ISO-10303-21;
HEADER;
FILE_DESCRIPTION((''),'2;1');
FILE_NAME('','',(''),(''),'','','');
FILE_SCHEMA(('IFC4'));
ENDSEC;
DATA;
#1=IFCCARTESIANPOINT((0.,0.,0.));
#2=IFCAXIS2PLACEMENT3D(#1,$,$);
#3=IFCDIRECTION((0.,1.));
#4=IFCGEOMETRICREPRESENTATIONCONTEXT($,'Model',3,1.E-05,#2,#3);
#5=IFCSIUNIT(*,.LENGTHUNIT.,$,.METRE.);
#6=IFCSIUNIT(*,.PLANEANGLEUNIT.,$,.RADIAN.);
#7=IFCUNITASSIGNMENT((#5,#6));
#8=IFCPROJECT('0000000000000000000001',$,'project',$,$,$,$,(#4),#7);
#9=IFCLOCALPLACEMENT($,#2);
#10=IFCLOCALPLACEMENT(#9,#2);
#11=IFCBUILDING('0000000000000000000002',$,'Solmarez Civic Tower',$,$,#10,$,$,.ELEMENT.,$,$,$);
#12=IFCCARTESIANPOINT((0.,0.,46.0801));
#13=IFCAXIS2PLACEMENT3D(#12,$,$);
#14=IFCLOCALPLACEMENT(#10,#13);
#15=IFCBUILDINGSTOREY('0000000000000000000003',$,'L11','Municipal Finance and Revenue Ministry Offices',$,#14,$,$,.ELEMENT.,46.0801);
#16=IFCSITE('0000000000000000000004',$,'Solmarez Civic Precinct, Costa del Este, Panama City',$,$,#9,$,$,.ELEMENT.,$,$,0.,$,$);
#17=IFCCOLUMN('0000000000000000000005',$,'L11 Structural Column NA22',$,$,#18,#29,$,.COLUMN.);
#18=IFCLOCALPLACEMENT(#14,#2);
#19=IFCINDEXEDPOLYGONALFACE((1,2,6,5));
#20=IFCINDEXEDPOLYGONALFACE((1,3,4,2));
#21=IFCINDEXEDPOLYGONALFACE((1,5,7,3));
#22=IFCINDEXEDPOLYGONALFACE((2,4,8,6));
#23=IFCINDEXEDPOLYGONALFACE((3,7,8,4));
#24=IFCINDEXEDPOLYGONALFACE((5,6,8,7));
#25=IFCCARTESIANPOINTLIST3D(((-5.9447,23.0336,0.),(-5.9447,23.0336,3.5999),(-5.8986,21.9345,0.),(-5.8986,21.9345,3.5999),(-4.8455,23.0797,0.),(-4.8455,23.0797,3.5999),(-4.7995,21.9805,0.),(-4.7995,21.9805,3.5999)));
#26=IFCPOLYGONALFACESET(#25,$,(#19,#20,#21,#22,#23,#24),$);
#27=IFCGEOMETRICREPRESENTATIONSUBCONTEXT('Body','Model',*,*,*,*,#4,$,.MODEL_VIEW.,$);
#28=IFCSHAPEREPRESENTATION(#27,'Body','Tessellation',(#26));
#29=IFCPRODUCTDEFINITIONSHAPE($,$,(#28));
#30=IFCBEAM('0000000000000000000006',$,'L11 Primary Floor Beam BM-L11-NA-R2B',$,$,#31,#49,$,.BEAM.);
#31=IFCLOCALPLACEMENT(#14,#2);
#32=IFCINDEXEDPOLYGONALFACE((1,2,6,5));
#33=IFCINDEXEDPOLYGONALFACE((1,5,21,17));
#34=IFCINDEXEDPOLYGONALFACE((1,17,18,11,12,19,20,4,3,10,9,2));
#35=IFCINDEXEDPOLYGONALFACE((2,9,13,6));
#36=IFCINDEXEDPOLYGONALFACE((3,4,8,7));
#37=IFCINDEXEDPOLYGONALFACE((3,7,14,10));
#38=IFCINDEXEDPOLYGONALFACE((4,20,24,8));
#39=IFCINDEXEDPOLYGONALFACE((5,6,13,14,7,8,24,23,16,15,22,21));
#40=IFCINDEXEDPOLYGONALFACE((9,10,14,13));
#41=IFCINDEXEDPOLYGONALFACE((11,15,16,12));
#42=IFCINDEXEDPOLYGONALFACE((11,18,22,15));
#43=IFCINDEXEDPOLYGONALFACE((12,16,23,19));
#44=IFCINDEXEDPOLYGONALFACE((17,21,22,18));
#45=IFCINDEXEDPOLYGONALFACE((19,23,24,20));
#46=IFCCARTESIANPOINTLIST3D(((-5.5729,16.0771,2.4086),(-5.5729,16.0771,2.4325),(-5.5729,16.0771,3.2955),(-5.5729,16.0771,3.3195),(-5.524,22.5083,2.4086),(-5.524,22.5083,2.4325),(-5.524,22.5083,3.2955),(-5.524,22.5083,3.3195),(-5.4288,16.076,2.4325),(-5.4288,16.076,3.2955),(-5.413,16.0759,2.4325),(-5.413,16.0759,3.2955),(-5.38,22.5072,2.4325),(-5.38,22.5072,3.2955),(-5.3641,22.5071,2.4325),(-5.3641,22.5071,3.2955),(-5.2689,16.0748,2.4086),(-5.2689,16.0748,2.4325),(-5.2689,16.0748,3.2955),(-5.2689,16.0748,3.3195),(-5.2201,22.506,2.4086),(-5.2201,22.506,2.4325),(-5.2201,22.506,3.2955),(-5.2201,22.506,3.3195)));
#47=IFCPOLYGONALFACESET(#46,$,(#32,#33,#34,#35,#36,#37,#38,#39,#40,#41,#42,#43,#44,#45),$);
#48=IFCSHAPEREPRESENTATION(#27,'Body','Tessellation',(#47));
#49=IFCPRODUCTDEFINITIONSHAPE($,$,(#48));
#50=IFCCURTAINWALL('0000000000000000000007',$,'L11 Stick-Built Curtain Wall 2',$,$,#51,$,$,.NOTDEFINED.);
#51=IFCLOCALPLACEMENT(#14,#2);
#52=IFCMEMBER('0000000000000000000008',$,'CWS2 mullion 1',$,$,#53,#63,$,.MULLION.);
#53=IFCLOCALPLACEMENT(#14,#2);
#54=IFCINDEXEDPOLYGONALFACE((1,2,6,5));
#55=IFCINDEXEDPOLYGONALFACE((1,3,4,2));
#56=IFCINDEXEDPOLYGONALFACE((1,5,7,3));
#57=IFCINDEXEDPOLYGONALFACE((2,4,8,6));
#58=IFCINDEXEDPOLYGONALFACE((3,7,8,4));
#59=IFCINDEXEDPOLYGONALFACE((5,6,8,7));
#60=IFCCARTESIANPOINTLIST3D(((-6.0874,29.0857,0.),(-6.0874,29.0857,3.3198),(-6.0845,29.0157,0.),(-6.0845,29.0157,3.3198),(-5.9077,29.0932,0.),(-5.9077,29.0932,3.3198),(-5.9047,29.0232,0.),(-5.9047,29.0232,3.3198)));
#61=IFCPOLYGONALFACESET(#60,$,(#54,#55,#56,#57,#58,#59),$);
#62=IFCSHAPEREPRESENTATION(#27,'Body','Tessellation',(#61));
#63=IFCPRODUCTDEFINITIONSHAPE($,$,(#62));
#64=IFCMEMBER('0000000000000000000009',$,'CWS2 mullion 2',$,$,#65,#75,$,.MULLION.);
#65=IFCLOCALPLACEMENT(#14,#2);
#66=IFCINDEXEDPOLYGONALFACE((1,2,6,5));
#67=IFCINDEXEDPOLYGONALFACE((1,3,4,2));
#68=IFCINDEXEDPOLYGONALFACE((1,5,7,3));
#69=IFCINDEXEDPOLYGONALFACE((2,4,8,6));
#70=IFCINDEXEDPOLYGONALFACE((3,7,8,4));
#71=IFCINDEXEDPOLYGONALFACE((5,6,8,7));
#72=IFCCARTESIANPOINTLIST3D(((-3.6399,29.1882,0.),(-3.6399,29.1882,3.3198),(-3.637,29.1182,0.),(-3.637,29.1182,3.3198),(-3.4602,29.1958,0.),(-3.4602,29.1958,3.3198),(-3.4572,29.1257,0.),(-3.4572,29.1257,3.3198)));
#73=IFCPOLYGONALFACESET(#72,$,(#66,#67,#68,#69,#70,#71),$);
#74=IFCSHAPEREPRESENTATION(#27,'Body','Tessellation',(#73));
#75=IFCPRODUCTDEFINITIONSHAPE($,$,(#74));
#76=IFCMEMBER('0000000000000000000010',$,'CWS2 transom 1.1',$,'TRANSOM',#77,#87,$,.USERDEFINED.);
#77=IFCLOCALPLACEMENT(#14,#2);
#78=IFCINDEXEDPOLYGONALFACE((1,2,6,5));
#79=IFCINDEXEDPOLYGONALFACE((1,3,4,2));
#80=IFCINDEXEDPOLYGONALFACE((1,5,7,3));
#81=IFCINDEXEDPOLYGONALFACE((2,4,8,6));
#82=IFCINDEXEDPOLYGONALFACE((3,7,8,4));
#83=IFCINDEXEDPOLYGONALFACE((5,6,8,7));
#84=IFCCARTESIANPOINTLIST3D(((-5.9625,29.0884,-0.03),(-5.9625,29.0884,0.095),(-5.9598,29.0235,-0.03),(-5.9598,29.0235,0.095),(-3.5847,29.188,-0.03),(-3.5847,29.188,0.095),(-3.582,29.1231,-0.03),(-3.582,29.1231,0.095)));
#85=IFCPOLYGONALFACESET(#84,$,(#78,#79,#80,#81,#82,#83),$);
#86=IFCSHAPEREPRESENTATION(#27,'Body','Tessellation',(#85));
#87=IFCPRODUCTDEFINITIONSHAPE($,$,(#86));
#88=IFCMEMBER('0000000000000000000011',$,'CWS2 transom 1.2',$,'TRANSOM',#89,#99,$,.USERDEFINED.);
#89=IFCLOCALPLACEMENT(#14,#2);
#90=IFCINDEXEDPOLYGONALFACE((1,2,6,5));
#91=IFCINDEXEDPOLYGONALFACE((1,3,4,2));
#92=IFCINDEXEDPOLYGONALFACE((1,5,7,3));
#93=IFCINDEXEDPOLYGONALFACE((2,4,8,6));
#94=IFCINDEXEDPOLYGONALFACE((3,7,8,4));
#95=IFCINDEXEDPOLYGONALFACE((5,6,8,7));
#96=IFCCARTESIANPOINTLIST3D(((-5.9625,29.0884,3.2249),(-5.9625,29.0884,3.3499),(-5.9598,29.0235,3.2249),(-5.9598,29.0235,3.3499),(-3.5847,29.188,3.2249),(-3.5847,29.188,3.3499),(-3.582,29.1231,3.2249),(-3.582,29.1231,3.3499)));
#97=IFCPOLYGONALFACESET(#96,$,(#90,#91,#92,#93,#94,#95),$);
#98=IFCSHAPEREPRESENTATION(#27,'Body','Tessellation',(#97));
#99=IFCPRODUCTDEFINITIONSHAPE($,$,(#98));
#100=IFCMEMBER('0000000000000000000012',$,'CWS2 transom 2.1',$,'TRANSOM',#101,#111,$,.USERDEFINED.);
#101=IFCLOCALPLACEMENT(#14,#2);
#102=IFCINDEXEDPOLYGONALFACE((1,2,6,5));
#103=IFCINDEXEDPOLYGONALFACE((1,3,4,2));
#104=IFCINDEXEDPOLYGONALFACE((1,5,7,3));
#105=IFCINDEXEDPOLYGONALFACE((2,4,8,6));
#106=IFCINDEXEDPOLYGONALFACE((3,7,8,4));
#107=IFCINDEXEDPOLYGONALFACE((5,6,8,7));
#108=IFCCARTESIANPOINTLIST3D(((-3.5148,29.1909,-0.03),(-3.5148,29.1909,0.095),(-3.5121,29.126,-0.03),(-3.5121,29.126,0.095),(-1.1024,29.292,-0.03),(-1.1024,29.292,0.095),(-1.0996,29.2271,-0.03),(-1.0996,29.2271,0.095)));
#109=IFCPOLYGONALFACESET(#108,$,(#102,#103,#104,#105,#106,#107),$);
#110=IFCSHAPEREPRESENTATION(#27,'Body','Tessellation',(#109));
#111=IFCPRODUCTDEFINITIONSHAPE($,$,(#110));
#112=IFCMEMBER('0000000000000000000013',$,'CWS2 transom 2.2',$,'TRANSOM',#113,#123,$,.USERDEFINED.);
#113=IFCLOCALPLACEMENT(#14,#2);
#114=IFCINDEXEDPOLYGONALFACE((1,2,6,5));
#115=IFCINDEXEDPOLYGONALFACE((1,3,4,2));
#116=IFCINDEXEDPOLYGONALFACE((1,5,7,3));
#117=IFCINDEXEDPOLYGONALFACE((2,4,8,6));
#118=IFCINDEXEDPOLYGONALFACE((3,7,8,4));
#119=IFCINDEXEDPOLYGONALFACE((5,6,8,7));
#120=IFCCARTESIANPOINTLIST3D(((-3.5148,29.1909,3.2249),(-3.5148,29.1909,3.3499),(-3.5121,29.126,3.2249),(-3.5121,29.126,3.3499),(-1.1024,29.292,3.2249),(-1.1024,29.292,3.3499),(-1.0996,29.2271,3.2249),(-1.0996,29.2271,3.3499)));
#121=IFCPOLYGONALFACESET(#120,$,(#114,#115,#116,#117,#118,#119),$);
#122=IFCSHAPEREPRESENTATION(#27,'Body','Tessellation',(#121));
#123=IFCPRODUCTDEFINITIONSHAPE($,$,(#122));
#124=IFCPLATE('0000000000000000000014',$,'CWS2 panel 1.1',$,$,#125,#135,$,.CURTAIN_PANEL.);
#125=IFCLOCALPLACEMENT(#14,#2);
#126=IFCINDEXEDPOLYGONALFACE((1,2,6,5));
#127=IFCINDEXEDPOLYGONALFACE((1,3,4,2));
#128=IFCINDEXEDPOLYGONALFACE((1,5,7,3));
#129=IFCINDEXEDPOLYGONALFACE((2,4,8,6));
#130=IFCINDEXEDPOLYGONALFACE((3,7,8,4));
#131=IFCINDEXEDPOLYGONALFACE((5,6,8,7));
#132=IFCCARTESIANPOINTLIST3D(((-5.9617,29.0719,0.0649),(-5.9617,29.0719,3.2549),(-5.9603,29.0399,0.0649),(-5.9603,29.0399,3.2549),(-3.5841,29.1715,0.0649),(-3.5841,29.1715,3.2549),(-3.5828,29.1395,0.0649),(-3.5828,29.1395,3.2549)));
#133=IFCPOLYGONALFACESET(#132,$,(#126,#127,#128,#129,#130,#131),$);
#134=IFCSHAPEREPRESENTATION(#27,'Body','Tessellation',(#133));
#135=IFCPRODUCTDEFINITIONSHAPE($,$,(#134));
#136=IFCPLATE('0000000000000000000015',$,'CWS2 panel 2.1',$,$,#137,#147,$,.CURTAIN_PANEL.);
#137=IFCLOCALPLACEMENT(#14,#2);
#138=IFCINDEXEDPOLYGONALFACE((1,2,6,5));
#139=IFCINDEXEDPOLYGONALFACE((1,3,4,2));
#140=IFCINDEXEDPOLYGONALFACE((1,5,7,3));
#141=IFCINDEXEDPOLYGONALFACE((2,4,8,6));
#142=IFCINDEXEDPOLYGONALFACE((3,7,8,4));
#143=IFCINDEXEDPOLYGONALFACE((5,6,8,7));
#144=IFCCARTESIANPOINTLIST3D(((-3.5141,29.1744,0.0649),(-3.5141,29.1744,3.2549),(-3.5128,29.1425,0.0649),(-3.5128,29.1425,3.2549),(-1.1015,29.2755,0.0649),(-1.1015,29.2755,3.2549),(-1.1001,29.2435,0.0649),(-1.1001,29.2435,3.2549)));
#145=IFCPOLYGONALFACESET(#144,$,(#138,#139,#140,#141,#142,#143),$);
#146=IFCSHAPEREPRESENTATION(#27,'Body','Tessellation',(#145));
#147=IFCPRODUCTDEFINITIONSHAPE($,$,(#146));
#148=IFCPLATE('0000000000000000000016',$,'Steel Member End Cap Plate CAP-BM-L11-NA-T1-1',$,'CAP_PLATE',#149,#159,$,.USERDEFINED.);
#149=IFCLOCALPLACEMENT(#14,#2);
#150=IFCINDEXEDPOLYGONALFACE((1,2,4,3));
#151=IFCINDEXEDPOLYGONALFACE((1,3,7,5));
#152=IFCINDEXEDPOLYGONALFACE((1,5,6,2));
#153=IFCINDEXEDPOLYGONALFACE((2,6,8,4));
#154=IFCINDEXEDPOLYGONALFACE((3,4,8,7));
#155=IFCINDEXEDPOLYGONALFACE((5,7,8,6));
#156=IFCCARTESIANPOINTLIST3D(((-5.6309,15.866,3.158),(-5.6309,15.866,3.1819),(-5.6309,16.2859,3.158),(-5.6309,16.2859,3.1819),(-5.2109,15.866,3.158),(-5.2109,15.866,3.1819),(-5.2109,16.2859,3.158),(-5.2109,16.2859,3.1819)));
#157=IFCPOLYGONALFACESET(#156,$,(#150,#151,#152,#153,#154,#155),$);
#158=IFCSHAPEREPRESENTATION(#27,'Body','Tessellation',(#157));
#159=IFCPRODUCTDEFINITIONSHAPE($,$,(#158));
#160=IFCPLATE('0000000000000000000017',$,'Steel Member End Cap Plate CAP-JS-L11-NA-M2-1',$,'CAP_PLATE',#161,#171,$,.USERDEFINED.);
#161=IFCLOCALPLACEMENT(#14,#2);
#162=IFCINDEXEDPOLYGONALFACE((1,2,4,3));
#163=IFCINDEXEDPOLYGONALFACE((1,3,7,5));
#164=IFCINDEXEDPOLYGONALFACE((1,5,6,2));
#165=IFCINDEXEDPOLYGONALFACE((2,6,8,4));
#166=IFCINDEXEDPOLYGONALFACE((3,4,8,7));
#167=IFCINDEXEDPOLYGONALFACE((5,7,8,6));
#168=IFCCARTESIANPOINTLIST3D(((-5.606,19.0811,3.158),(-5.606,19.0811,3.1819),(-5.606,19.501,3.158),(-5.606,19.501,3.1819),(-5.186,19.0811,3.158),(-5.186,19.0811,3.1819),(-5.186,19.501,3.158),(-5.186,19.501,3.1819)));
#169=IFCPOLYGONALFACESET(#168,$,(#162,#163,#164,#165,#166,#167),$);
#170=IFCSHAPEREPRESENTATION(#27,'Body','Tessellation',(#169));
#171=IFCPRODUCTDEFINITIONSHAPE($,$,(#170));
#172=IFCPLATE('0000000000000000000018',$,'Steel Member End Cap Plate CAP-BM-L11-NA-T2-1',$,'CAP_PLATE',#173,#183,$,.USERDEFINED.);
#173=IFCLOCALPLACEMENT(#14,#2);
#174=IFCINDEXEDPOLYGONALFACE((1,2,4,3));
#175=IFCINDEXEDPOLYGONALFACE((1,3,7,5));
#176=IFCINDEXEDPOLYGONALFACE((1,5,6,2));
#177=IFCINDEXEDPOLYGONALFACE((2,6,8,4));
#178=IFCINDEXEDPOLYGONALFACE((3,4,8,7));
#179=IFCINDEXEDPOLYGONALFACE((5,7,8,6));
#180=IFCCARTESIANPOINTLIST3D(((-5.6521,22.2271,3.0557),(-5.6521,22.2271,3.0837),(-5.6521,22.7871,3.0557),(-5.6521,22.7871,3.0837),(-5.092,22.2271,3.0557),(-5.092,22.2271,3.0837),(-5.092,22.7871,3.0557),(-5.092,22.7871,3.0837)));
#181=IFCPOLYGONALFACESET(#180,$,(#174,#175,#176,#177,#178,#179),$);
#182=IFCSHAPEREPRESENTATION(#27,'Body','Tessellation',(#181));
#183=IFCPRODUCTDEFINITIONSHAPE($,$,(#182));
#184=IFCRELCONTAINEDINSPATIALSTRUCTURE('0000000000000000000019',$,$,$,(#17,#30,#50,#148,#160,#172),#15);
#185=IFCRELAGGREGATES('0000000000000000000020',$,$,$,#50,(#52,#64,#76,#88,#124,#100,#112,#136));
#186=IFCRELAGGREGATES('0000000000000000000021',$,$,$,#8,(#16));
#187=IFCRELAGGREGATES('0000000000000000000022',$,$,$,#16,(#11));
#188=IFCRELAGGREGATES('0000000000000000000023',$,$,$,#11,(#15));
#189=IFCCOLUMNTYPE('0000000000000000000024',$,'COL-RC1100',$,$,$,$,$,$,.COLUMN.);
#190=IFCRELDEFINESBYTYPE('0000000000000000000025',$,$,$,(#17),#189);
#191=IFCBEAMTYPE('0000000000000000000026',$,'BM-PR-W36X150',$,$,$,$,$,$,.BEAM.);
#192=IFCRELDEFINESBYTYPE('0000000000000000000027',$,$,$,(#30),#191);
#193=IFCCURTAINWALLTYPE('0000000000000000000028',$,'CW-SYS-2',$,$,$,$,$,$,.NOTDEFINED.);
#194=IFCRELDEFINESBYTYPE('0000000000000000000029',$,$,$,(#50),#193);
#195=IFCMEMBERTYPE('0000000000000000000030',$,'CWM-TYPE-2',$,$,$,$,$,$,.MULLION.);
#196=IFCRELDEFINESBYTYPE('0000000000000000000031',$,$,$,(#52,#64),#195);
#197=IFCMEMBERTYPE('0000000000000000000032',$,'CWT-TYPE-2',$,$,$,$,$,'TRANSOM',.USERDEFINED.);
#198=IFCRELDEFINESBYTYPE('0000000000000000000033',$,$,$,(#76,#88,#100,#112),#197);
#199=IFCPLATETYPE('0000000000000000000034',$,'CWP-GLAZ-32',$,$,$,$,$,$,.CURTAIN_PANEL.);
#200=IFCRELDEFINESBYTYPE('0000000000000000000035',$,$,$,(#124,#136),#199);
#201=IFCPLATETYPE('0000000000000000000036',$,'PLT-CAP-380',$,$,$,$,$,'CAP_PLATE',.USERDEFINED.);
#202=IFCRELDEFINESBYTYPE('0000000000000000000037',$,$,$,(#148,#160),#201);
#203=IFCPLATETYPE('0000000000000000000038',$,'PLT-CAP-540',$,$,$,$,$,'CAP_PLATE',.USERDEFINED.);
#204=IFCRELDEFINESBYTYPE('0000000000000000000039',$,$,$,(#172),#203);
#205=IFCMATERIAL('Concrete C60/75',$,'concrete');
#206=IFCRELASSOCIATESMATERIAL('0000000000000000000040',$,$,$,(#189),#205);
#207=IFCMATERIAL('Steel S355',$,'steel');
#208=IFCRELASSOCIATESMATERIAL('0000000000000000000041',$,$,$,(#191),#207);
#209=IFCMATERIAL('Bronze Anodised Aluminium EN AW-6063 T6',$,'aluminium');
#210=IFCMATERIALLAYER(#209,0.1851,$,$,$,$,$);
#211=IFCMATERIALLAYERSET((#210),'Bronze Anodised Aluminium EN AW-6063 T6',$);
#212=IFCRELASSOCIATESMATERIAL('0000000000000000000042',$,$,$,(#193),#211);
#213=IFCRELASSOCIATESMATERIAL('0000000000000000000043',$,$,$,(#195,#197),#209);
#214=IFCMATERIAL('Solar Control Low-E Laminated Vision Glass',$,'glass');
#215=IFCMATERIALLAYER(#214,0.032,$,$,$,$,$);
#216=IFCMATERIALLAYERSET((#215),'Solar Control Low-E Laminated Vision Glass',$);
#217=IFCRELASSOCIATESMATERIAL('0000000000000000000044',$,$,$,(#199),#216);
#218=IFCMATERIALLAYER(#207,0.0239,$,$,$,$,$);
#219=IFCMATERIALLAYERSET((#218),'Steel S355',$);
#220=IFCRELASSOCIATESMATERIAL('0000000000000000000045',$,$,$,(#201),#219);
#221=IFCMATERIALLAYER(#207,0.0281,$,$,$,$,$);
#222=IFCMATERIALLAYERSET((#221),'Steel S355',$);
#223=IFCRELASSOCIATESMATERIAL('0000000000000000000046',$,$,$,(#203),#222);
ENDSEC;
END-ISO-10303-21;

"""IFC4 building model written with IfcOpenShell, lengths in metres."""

from ifc_helpers import new_model, si_unit, direction, frame, origin, origin_2d, place, context, subcontext, project, spatial, rectangle, i_section, extrude, material, layer, layer_set, material_profile, profile_set, type_object, element, aggregate, save


model = new_model("IFC4")

# Units and contexts
model_context = context("Model", 3, precision=1e-05, world=origin(), true_north=direction((0.0, 1.0)))
body_context = subcontext(model_context, "Body", "Model", "MODEL_VIEW")
ifc_project = project(units=[si_unit("LENGTHUNIT", "METRE"), si_unit("PLANEANGLEUNIT", "RADIAN")], contexts=[model_context])

# Site, building, storey
site_placement = place(None, origin())
site = spatial("IfcSite", under=ifc_project, at=site_placement, Name="Solmarez Civic Precinct, Costa del Este, Panama City", CompositionType="ELEMENT", RefElevation=0.0)
building_placement = place(site_placement, origin())
building = spatial("IfcBuilding", under=site, at=building_placement, Name="Solmarez Civic Tower", CompositionType="ELEMENT")
storey_placement = place(building_placement, frame((0.0, 0.0, 46.0801)))
storey = spatial("IfcBuildingStorey", under=building, at=storey_placement, Name="L11", Description="Municipal Finance and Revenue Ministry Offices", CompositionType="ELEMENT", Elevation=46.0801)

# Column
ifc_material_1 = material(Name="Concrete C60/75", Category="concrete")
ifc_material_profile_1 = material_profile(ifc_material_1, rectangle(XDim=1.1001, YDim=1.1001, at=origin_2d()), Name="RC1100X1100")
ifc_profile_set_1 = profile_set([ifc_material_profile_1], Name="Concrete C60/75")
column_type = type_object("IfcColumnType", Name="COL-RC1100", PredefinedType="COLUMN", material=ifc_profile_set_1)
column_placement = place(storey_placement, frame((-5.3721, 22.5071, 0.0), z_axis=(0.0, 0.0, 1.0), x_axis=(0.999123, 0.041876, 0.0)))
element("IfcColumn", 1, at=column_placement, inside=storey, type_object=column_type, Name="L11 Structural Column NA22", PredefinedType="COLUMN", context=body_context, shape_type="SweptSolid", body=[
    extrude(rectangle(XDim=1.1001, YDim=1.1001, at=origin_2d()), origin(), (0.0, 0.0, 1.0), 3.5999),
])

# Beam
ifc_material_2 = material(Name="Steel S355", Category="steel")
ifc_material_profile_2 = material_profile(ifc_material_2, i_section(OverallWidth=0.304, OverallDepth=0.9109, WebThickness=0.0159, FlangeThickness=0.0239, at=origin_2d()), Name="W36X150")
ifc_profile_set_2 = profile_set([ifc_material_profile_2], Name="Steel S355")
beam_type = type_object("IfcBeamType", Name="BM-PR-W36X150", PredefinedType="BEAM", material=ifc_profile_set_2)
beam_placement = place(storey_placement, frame((-5.4209, 16.0759, 2.864), z_axis=(0.007592, 0.999971, 0.0), x_axis=(-0.999971, 0.007592, 0.0)))
element("IfcBeam", 2, at=beam_placement, inside=storey, type_object=beam_type, Name="L11 Primary Floor Beam BM-L11-NA-R2B", PredefinedType="BEAM", context=body_context, shape_type="SweptSolid", body=[
    extrude(i_section(OverallWidth=0.304, OverallDepth=0.9109, WebThickness=0.0159, FlangeThickness=0.0239, at=origin_2d()), origin(), (0.0, 0.0, 1.0), 6.4314),
])

# Curtain wall, members, plates
ifc_material_3 = material(Name="Bronze Anodised Aluminium EN AW-6063 T6", Category="aluminium")
ifc_layer_1 = layer(ifc_material_3, 0.1851)
ifc_layer_set_1 = layer_set([ifc_layer_1], Name="Bronze Anodised Aluminium EN AW-6063 T6")
curtain_wall_type = type_object("IfcCurtainWallType", Name="CW-SYS-2", PredefinedType="NOTDEFINED", material=ifc_layer_set_1)
curtain_wall_placement = place(storey_placement, origin())
curtain_wall = element("IfcCurtainWall", 3, at=curtain_wall_placement, inside=storey, type_object=curtain_wall_type, Name="L11 Stick-Built Curtain Wall 2", PredefinedType="NOTDEFINED")
ifc_material_profile_3 = material_profile(ifc_material_3, rectangle(XDim=0.0701, YDim=0.1799, at=origin_2d()), Name="CWM-70X180")
ifc_profile_set_3 = profile_set([ifc_material_profile_3], Name="Bronze Anodised Aluminium EN AW-6063 T6")
member_type_1 = type_object("IfcMemberType", Name="CWM-TYPE-2", PredefinedType="MULLION", material=ifc_profile_set_3)
member_1_placement = place(storey_placement, frame((-5.9961, 29.0544, 0.0), z_axis=(0.0, 0.0, 1.0), x_axis=(-0.041857, 0.999124, 0.0)))
member_1 = element("IfcMember", 4, at=member_1_placement, type_object=member_type_1, Name="CWS2 mullion 1", PredefinedType="MULLION", context=body_context, shape_type="SweptSolid", body=[
    extrude(rectangle(XDim=0.0701, YDim=0.1799, at=origin_2d()), origin(), (0.0, 0.0, 1.0), 3.3198),
])
member_2_placement = place(storey_placement, frame((-3.5486, 29.157, 0.0), z_axis=(0.0, 0.0, 1.0), x_axis=(-0.041857, 0.999124, 0.0)))
member_2 = element("IfcMember", 5, at=member_2_placement, type_object=member_type_1, Name="CWS2 mullion 2", PredefinedType="MULLION", context=body_context, shape_type="SweptSolid", body=[
    extrude(rectangle(XDim=0.0701, YDim=0.1799, at=origin_2d()), origin(), (0.0, 0.0, 1.0), 3.3198),
])
ifc_material_profile_4 = material_profile(ifc_material_3, rectangle(XDim=0.0649, YDim=0.125, at=origin_2d()), Name="CWT-65X125")
ifc_profile_set_4 = profile_set([ifc_material_profile_4], Name="Bronze Anodised Aluminium EN AW-6063 T6")
member_type_2 = type_object("IfcMemberType", Name="CWT-TYPE-2", ElementType="TRANSOM", PredefinedType="USERDEFINED", material=ifc_profile_set_4)
member_3_placement = place(storey_placement, frame((-5.9612, 29.0559, 0.0325), z_axis=(0.999124, 0.041857, 0.0), x_axis=(-0.041857, 0.999124, 0.0)))
member_3 = element("IfcMember", 6, at=member_3_placement, type_object=member_type_2, Name="CWS2 transom 1.1", ObjectType="TRANSOM", PredefinedType="USERDEFINED", context=body_context, shape_type="SweptSolid", body=[
    extrude(rectangle(XDim=0.0649, YDim=0.125, at=origin_2d()), origin(), (0.0, 0.0, 1.0), 2.3799),
])
member_4_placement = place(storey_placement, frame((-5.9612, 29.0559, 3.2874), z_axis=(0.999124, 0.041857, 0.0), x_axis=(-0.041857, 0.999124, 0.0)))
member_4 = element("IfcMember", 7, at=member_4_placement, type_object=member_type_2, Name="CWS2 transom 1.2", ObjectType="TRANSOM", PredefinedType="USERDEFINED", context=body_context, shape_type="SweptSolid", body=[
    extrude(rectangle(XDim=0.0649, YDim=0.125, at=origin_2d()), origin(), (0.0, 0.0, 1.0), 2.3799),
])
member_5_placement = place(storey_placement, frame((-3.5134, 29.1584, 0.0325), z_axis=(0.999123, 0.041862, 0.0), x_axis=(-0.041862, 0.999123, 0.0)))
member_5 = element("IfcMember", 8, at=member_5_placement, type_object=member_type_2, Name="CWS2 transom 2.1", ObjectType="TRANSOM", PredefinedType="USERDEFINED", context=body_context, shape_type="SweptSolid", body=[
    extrude(rectangle(XDim=0.0649, YDim=0.125, at=origin_2d()), origin(), (0.0, 0.0, 1.0), 2.4146),
])
member_6_placement = place(storey_placement, frame((-3.5134, 29.1584, 3.2874), z_axis=(0.999123, 0.041862, 0.0), x_axis=(-0.041862, 0.999123, 0.0)))
member_6 = element("IfcMember", 9, at=member_6_placement, type_object=member_type_2, Name="CWS2 transom 2.2", ObjectType="TRANSOM", PredefinedType="USERDEFINED", context=body_context, shape_type="SweptSolid", body=[
    extrude(rectangle(XDim=0.0649, YDim=0.125, at=origin_2d()), origin(), (0.0, 0.0, 1.0), 2.4146),
])
ifc_material_4 = material(Name="Solar Control Low-E Laminated Vision Glass", Category="glass")
ifc_layer_2 = layer(ifc_material_4, 0.032)
ifc_layer_set_2 = layer_set([ifc_layer_2], Name="Solar Control Low-E Laminated Vision Glass")
plate_type_1 = type_object("IfcPlateType", Name="CWP-GLAZ-32", PredefinedType="CURTAIN_PANEL", material=ifc_layer_set_2)
plate_1_placement = place(storey_placement, frame((-4.7722, 29.1057, 0.0649), z_axis=(0.0, 0.0, 1.0), x_axis=(0.999124, 0.041857, 0.0)))
plate_1 = element("IfcPlate", 10, at=plate_1_placement, type_object=plate_type_1, Name="CWS2 panel 1.1", PredefinedType="CURTAIN_PANEL", context=body_context, shape_type="SweptSolid", body=[
    extrude(rectangle(XDim=2.3796, YDim=0.032, at=origin_2d()), origin(), (0.0, 0.0, 1.0), 3.1899),
])
plate_2_placement = place(storey_placement, frame((-2.3071, 29.209, 0.0649), z_axis=(0.0, 0.0, 1.0), x_axis=(0.999124, 0.041857, 0.0)))
plate_2 = element("IfcPlate", 11, at=plate_2_placement, type_object=plate_type_1, Name="CWS2 panel 2.1", PredefinedType="CURTAIN_PANEL", context=body_context, shape_type="SweptSolid", body=[
    extrude(rectangle(XDim=2.4148, YDim=0.032, at=origin_2d()), origin(), (0.0, 0.0, 1.0), 3.1899),
])
aggregate(curtain_wall, [member_1, member_2, member_3, member_4, plate_1, member_5, member_6, plate_2])

# Plates
ifc_layer_3 = layer(ifc_material_2, 0.0239)
ifc_layer_set_3 = layer_set([ifc_layer_3], Name="Steel S355")
plate_type_2 = type_object("IfcPlateType", Name="PLT-CAP-380", ElementType="CAP_PLATE", PredefinedType="USERDEFINED", material=ifc_layer_set_3)
for number, where, z_axis, x_axis, name in (
    (12, (-5.4209, 16.0759, 3.158), (0.0, 0.0, 1.0), (1.0, 0.0, 0.0), "Steel Member End Cap Plate CAP-BM-L11-NA-T1-1"),
    (13, (-5.396, 19.291, 3.158), (0.0, 0.0, 1.0), (1.0, 0.0, 0.0), "Steel Member End Cap Plate CAP-JS-L11-NA-M2-1"),
):
    element("IfcPlate", number, at=place(storey_placement, frame(where, z_axis=z_axis, x_axis=x_axis)), inside=storey, type_object=plate_type_2, Name=name, ObjectType="CAP_PLATE", PredefinedType="USERDEFINED", context=body_context, shape_type="SweptSolid", body=[
        extrude(rectangle(XDim=0.4199, YDim=0.4199, at=origin_2d()), origin(), (0.0, 0.0, 1.0), 0.0239),
    ])
ifc_layer_4 = layer(ifc_material_2, 0.0281)
ifc_layer_set_4 = layer_set([ifc_layer_4], Name="Steel S355")
plate_type_3 = type_object("IfcPlateType", Name="PLT-CAP-540", ElementType="CAP_PLATE", PredefinedType="USERDEFINED", material=ifc_layer_set_4)
plate_3_placement = place(storey_placement, frame((-5.3721, 22.5071, 3.0557), z_axis=(0.0, 0.0, 1.0), x_axis=(1.0, 0.0, 0.0)))
element("IfcPlate", 14, at=plate_3_placement, inside=storey, type_object=plate_type_3, Name="Steel Member End Cap Plate CAP-BM-L11-NA-T2-1", ObjectType="CAP_PLATE", PredefinedType="USERDEFINED", context=body_context, shape_type="SweptSolid", body=[
    extrude(rectangle(XDim=0.5601, YDim=0.5601, at=origin_2d()), origin(), (0.0, 0.0, 1.0), 0.0281),
])

save(model, "model.ifc")
